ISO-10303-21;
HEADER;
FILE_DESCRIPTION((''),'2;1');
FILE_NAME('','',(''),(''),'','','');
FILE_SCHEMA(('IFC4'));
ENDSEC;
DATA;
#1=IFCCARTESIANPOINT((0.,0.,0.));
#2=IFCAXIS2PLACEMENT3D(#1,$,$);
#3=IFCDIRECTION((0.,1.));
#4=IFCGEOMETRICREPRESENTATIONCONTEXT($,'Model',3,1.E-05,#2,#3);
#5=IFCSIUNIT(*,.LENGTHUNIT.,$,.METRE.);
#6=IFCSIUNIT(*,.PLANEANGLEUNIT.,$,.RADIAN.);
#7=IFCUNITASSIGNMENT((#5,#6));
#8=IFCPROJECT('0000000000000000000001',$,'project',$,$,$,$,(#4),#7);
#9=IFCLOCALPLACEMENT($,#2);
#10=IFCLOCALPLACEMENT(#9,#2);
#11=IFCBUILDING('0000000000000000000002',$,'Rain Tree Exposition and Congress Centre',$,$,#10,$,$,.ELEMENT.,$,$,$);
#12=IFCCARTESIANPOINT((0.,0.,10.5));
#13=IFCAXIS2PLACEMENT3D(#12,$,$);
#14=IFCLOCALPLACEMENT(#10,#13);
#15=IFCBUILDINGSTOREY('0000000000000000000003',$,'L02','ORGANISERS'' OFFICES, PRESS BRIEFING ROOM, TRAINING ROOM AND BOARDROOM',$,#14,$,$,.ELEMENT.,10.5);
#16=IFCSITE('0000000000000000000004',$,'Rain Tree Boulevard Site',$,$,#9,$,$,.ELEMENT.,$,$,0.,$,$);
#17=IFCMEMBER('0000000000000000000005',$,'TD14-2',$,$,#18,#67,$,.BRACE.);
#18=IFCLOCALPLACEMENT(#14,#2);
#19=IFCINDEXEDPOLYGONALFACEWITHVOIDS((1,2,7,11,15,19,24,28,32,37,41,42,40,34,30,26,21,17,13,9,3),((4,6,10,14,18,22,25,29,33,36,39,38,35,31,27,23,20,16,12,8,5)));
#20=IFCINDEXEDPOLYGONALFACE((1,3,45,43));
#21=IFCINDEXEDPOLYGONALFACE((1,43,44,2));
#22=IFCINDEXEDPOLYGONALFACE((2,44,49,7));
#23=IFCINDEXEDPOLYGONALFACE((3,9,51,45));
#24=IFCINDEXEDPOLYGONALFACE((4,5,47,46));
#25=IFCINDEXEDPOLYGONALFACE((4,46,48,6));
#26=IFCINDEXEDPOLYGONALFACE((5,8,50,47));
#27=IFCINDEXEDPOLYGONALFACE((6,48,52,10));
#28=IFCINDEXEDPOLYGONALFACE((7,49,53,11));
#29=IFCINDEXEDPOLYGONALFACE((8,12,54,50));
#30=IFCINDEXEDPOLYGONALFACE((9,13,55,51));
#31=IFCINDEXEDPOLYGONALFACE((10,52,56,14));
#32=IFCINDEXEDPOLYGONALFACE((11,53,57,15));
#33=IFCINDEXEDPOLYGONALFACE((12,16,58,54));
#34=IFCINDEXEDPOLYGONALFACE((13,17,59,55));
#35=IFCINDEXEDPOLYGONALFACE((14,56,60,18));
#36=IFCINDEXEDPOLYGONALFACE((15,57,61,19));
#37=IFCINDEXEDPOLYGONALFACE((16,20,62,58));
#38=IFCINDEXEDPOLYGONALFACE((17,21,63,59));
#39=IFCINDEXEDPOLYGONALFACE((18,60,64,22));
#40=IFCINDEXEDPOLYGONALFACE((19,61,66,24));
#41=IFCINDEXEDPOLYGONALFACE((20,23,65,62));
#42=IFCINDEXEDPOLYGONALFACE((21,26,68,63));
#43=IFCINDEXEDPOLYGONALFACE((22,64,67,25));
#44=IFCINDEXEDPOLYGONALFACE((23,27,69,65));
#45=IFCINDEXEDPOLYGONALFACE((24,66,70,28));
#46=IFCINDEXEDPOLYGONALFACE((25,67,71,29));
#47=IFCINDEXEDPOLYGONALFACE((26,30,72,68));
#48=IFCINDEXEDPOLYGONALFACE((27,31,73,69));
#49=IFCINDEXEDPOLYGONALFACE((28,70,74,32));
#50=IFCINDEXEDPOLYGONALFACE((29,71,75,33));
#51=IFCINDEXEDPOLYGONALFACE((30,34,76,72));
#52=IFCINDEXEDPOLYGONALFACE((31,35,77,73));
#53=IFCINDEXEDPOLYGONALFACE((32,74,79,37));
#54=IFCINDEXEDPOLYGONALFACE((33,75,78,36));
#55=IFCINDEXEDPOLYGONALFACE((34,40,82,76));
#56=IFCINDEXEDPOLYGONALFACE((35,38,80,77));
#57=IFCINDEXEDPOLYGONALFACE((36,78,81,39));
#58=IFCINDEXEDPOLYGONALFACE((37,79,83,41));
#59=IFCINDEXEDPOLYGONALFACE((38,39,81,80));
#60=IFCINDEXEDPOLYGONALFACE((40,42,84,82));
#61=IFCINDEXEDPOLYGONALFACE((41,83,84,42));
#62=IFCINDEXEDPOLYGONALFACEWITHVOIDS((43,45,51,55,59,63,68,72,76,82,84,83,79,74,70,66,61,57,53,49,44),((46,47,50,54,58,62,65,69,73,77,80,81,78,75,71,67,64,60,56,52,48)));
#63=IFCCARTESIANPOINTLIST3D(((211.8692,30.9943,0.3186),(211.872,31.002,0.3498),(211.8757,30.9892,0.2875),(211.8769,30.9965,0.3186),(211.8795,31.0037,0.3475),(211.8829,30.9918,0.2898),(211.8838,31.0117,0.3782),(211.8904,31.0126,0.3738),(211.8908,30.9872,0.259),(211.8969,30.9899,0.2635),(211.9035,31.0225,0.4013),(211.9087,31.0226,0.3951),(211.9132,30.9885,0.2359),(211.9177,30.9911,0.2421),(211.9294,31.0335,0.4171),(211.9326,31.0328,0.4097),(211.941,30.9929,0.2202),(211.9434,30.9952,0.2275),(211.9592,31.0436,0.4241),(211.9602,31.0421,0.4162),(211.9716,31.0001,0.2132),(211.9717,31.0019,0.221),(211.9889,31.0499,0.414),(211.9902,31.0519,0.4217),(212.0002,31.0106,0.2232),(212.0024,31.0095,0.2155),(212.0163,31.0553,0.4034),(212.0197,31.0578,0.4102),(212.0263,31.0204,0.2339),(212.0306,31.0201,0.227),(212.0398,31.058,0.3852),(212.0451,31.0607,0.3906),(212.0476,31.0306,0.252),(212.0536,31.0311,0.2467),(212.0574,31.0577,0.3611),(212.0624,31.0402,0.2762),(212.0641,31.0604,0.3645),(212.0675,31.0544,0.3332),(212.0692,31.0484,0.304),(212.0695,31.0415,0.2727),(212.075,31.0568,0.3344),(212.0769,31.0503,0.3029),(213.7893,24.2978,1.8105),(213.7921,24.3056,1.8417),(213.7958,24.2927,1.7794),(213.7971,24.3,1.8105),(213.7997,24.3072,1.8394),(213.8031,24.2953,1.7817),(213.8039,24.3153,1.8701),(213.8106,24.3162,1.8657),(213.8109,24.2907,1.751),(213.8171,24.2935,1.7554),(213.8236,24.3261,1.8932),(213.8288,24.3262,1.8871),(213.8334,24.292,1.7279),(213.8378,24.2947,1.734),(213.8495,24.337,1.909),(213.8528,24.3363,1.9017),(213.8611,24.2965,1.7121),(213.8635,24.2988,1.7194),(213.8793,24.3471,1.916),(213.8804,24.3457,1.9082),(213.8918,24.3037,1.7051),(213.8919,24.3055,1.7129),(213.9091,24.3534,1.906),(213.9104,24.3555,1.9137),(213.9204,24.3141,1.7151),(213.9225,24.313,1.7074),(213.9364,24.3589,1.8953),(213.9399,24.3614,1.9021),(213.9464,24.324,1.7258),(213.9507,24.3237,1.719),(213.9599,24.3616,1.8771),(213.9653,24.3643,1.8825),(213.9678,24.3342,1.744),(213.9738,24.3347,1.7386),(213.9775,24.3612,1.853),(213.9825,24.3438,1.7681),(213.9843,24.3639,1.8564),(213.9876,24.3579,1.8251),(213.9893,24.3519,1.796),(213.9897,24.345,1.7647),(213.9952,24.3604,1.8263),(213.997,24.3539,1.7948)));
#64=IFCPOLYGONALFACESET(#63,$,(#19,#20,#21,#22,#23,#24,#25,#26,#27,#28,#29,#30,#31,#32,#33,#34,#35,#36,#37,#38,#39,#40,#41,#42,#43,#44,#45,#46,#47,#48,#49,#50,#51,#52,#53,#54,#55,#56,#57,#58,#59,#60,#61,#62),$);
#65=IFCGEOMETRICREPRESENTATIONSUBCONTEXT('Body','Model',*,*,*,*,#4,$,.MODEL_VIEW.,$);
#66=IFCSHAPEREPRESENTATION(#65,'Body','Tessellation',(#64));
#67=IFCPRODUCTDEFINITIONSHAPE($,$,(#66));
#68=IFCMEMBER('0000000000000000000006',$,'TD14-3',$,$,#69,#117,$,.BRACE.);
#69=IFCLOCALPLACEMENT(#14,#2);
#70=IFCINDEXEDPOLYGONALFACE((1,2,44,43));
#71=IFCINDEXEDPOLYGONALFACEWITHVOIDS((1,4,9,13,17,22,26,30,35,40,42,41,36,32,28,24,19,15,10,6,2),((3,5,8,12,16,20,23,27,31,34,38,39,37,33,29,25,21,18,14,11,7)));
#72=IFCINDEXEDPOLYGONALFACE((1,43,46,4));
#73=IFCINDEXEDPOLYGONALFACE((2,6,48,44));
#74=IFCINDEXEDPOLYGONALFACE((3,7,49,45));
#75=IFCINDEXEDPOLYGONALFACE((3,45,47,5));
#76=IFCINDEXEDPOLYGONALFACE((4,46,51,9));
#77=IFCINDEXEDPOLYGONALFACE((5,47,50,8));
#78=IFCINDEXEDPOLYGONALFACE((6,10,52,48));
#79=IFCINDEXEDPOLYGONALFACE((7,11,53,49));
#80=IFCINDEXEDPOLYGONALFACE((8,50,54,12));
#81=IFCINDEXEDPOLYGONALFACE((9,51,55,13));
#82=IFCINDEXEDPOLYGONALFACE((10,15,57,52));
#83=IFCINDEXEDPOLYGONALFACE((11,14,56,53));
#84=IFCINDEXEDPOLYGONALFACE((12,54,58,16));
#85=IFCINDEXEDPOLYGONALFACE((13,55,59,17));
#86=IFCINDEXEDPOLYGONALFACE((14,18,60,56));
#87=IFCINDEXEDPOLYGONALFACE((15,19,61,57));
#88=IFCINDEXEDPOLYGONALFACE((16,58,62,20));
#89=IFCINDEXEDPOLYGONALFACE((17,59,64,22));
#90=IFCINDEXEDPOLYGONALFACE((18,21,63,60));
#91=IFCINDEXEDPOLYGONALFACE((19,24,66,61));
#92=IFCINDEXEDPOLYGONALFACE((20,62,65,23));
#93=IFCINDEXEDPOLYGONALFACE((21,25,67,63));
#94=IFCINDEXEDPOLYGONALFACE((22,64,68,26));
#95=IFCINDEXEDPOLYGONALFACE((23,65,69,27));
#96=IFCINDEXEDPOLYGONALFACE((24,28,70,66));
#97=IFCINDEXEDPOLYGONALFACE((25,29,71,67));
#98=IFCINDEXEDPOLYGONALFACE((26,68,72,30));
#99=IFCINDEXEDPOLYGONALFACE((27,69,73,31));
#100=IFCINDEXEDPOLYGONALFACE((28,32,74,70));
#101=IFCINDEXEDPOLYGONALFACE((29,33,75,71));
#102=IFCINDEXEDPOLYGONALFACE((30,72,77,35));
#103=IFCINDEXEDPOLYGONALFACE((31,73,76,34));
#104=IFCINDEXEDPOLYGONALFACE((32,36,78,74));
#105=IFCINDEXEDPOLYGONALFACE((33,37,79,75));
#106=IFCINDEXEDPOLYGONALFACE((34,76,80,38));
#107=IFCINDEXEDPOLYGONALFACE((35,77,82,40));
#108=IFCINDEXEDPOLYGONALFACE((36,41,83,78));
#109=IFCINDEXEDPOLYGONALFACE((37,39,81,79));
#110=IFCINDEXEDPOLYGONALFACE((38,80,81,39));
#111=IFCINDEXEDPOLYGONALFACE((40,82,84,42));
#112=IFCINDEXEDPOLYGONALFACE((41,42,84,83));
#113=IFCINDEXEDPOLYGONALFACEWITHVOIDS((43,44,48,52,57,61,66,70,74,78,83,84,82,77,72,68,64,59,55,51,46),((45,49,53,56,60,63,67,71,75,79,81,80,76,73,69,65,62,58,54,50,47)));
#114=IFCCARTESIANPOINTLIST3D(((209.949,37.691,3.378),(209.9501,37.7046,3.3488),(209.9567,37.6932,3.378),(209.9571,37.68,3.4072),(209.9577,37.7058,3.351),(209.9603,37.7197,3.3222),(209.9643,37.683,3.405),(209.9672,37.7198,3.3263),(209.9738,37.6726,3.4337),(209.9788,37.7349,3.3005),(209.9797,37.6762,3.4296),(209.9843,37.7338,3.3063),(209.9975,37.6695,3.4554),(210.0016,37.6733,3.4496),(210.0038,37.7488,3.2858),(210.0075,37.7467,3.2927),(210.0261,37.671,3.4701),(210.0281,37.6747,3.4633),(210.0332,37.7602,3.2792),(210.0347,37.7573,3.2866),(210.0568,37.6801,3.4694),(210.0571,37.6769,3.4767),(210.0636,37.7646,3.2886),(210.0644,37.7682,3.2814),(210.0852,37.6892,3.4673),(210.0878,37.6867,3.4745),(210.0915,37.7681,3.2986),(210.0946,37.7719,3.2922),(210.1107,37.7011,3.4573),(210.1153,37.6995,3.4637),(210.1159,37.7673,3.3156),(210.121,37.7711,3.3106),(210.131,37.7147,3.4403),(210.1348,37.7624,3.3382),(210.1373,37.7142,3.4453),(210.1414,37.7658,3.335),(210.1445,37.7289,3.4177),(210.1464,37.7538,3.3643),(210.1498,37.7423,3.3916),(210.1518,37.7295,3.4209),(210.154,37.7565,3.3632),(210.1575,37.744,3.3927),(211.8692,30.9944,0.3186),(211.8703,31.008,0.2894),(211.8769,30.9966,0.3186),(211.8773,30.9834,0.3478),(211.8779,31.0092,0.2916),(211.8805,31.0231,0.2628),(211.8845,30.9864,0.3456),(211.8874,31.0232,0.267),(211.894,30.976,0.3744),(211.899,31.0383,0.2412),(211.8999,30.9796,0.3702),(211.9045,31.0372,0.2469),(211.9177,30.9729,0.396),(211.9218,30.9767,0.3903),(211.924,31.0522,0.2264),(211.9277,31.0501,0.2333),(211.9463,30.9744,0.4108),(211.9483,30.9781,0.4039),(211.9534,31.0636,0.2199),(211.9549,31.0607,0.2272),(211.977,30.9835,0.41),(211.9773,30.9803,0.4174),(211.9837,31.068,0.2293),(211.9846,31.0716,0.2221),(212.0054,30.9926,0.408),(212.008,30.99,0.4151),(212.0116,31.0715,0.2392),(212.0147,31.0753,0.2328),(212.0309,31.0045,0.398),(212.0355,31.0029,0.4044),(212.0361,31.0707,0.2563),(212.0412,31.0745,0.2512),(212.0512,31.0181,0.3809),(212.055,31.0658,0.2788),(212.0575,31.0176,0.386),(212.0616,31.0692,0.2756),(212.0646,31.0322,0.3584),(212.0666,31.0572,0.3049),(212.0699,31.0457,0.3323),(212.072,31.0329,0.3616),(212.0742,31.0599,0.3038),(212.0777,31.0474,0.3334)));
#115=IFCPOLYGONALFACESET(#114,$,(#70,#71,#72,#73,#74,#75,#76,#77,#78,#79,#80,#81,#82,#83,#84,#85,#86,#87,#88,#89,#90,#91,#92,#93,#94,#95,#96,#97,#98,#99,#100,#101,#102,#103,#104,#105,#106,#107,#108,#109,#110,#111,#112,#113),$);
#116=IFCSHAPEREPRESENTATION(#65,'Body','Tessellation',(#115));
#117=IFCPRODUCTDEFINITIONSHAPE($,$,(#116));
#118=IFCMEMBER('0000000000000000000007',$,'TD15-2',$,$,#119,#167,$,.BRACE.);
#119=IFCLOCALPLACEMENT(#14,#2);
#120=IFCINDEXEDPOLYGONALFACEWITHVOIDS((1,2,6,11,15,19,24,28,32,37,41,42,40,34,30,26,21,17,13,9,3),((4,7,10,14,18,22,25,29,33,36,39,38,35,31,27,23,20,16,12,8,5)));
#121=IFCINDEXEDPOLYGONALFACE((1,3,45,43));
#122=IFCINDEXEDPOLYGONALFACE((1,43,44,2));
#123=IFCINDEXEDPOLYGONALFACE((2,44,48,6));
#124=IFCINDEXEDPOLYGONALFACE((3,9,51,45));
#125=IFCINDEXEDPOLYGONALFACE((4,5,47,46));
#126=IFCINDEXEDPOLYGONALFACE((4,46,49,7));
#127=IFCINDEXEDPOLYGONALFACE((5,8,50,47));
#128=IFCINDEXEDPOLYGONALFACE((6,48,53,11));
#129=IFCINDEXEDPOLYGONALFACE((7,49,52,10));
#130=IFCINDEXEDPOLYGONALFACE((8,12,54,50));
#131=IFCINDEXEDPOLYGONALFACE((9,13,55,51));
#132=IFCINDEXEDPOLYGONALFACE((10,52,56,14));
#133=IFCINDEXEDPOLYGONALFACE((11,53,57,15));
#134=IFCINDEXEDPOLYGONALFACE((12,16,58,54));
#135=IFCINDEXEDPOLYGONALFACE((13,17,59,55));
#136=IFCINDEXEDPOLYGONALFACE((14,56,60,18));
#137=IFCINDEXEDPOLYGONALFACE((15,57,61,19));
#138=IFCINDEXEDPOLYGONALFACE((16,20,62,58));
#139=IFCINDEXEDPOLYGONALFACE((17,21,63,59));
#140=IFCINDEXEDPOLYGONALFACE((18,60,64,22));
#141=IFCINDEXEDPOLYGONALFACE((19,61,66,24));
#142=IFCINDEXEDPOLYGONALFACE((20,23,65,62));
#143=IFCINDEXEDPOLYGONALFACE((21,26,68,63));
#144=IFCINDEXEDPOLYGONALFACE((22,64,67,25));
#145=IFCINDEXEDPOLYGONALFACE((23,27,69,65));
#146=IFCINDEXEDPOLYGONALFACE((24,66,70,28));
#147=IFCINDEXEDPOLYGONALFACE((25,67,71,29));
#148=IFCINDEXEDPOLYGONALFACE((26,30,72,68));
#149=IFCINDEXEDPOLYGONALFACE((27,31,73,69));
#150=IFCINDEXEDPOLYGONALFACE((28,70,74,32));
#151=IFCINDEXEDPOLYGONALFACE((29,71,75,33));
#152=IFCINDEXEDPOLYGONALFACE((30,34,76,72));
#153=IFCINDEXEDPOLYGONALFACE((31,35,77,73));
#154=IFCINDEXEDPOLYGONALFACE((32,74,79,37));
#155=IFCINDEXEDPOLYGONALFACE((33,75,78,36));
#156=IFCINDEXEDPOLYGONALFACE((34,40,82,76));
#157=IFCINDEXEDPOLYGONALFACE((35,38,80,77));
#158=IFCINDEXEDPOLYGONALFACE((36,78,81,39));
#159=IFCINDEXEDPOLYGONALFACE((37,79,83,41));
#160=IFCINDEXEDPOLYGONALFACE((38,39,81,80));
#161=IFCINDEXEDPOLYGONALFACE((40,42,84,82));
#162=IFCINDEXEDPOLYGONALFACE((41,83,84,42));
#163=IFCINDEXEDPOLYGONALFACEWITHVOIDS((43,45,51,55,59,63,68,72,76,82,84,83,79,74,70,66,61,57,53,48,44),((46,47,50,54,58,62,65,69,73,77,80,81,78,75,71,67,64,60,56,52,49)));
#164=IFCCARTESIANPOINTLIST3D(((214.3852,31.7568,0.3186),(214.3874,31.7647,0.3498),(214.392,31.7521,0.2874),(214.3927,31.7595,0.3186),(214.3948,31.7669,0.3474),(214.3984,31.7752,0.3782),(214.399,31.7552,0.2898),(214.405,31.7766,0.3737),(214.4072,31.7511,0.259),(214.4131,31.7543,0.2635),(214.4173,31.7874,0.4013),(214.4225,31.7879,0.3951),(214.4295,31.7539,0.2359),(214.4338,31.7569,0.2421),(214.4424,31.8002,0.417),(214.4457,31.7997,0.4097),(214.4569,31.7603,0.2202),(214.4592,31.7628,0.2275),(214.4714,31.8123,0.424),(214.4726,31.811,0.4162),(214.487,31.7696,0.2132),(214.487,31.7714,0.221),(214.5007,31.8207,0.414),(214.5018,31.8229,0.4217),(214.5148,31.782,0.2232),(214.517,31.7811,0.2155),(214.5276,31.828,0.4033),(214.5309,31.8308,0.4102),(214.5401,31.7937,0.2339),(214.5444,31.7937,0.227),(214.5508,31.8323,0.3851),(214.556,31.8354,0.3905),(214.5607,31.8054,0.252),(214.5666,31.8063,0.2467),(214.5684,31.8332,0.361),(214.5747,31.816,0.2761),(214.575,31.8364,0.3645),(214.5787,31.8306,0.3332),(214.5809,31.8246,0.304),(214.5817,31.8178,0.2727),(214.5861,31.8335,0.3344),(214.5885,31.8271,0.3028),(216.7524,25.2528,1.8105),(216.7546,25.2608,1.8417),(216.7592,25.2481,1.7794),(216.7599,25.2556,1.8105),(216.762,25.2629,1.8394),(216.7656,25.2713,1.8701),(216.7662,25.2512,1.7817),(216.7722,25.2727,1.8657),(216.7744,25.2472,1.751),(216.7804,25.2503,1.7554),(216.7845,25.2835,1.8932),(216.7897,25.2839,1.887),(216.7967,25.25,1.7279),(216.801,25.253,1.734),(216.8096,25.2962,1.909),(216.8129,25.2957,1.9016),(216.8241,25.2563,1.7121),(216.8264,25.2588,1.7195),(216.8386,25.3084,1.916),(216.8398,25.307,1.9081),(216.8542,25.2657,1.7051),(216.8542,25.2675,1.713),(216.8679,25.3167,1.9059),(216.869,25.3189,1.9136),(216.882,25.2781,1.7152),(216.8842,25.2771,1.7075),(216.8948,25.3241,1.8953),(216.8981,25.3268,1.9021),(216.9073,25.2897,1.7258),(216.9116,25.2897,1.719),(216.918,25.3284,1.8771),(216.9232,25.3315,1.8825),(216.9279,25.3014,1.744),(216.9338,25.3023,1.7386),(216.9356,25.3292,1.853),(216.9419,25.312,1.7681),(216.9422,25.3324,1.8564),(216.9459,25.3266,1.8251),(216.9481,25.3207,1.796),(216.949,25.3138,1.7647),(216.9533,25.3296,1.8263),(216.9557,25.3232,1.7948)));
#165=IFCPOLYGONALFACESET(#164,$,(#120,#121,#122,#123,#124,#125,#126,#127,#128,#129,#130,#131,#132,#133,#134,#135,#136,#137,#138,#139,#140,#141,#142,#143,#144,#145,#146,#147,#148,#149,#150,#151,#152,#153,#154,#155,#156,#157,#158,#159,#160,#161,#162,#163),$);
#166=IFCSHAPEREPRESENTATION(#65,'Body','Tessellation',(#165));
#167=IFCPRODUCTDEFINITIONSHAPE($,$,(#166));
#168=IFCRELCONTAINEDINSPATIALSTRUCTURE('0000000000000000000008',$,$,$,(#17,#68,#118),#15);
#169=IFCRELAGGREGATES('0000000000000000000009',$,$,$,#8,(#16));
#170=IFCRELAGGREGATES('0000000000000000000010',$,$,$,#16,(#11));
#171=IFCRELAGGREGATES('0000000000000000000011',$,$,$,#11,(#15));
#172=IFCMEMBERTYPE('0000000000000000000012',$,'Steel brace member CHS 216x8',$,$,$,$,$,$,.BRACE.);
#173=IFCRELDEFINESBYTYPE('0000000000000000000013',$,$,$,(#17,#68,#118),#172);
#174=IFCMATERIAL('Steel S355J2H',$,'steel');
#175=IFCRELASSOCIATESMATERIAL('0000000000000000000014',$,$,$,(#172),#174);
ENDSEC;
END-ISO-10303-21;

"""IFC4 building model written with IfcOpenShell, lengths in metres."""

from ifc_helpers import new_model, si_unit, direction, frame, origin, origin_2d, place, context, subcontext, project, spatial, hollow_circle, extrude, material, material_profile, profile_set, type_object, element, save


model = new_model("IFC4")

# Units and contexts
model_context = context("Model", 3, precision=1e-05, world=origin(), true_north=direction((0.0, 1.0)))
body_context = subcontext(model_context, "Body", "Model", "MODEL_VIEW")
ifc_project = project(units=[si_unit("LENGTHUNIT", "METRE"), si_unit("PLANEANGLEUNIT", "RADIAN")], contexts=[model_context])

# Site, building, storey
site_placement = place(None, origin())
site = spatial("IfcSite", under=ifc_project, at=site_placement, Name="Rain Tree Boulevard Site", CompositionType="ELEMENT", RefElevation=0.0)
building_placement = place(site_placement, origin())
building = spatial("IfcBuilding", under=site, at=building_placement, Name="Rain Tree Exposition and Congress Centre", CompositionType="ELEMENT")
storey_placement = place(building_placement, frame((0.0, 0.0, 10.5)))
storey = spatial("IfcBuildingStorey", under=building, at=storey_placement, Name="L02", Description="ORGANISERS' OFFICES, PRESS BRIEFING ROOM, TRAINING ROOM AND BOARDROOM", CompositionType="ELEMENT", Elevation=10.5)

# Members
ifc_material_1 = material(Name="Steel S355J2H", Category="steel")
ifc_material_profile_1 = material_profile(ifc_material_1, hollow_circle(Radius=0.1082, WallThickness=0.0081, at=origin_2d()), Name="CHS 216x8")
ifc_profile_set_1 = profile_set([ifc_material_profile_1], Name="Steel S355J2H")
member_type_1 = type_object("IfcMemberType", Name="Steel brace member CHS 216x8", PredefinedType="BRACE", material=ifc_profile_set_1)
member_1_placement = place(storey_placement, frame((213.8933, 24.3276, 1.8105), z_axis=(-0.269521, 0.939949, -0.209414), x_axis=(-0.961263, -0.275633, 0.0)))
element("IfcMember", 1, at=member_1_placement, inside=storey, type_object=member_type_1, Name="TD14-2", PredefinedType="BRACE", context=body_context, shape_type="SweptSolid", body=[
    extrude(hollow_circle(Radius=0.1082, WallThickness=0.0081, at=origin_2d()), origin(), (0.0, 0.0, 1.0), 7.1243),
])
member_2_placement = place(storey_placement, frame((211.9731, 31.0242, 0.3186), z_axis=(-0.252369, 0.880132, 0.40209), x_axis=(-0.961263, -0.275633, 0.0)))
element("IfcMember", 2, at=member_2_placement, inside=storey, type_object=member_type_1, Name="TD14-3", PredefinedType="BRACE", context=body_context, shape_type="SweptSolid", body=[
    extrude(hollow_circle(Radius=0.1082, WallThickness=0.0081, at=origin_2d()), origin(), (0.0, 0.0, 1.0), 7.6086),
])
member_3_placement = place(storey_placement, frame((216.854, 25.2898, 1.8105), z_axis=(-0.334336, 0.918595, -0.210718), x_axis=(-0.939695, -0.342015, 0.0)))
element("IfcMember", 3, at=member_3_placement, inside=storey, type_object=member_type_1, Name="TD15-2", PredefinedType="BRACE", context=body_context, shape_type="SweptSolid", body=[
    extrude(hollow_circle(Radius=0.1082, WallThickness=0.0081, at=origin_2d()), origin(), (0.0, 0.0, 1.0), 7.0803),
])

save(model, "model.ifc")
